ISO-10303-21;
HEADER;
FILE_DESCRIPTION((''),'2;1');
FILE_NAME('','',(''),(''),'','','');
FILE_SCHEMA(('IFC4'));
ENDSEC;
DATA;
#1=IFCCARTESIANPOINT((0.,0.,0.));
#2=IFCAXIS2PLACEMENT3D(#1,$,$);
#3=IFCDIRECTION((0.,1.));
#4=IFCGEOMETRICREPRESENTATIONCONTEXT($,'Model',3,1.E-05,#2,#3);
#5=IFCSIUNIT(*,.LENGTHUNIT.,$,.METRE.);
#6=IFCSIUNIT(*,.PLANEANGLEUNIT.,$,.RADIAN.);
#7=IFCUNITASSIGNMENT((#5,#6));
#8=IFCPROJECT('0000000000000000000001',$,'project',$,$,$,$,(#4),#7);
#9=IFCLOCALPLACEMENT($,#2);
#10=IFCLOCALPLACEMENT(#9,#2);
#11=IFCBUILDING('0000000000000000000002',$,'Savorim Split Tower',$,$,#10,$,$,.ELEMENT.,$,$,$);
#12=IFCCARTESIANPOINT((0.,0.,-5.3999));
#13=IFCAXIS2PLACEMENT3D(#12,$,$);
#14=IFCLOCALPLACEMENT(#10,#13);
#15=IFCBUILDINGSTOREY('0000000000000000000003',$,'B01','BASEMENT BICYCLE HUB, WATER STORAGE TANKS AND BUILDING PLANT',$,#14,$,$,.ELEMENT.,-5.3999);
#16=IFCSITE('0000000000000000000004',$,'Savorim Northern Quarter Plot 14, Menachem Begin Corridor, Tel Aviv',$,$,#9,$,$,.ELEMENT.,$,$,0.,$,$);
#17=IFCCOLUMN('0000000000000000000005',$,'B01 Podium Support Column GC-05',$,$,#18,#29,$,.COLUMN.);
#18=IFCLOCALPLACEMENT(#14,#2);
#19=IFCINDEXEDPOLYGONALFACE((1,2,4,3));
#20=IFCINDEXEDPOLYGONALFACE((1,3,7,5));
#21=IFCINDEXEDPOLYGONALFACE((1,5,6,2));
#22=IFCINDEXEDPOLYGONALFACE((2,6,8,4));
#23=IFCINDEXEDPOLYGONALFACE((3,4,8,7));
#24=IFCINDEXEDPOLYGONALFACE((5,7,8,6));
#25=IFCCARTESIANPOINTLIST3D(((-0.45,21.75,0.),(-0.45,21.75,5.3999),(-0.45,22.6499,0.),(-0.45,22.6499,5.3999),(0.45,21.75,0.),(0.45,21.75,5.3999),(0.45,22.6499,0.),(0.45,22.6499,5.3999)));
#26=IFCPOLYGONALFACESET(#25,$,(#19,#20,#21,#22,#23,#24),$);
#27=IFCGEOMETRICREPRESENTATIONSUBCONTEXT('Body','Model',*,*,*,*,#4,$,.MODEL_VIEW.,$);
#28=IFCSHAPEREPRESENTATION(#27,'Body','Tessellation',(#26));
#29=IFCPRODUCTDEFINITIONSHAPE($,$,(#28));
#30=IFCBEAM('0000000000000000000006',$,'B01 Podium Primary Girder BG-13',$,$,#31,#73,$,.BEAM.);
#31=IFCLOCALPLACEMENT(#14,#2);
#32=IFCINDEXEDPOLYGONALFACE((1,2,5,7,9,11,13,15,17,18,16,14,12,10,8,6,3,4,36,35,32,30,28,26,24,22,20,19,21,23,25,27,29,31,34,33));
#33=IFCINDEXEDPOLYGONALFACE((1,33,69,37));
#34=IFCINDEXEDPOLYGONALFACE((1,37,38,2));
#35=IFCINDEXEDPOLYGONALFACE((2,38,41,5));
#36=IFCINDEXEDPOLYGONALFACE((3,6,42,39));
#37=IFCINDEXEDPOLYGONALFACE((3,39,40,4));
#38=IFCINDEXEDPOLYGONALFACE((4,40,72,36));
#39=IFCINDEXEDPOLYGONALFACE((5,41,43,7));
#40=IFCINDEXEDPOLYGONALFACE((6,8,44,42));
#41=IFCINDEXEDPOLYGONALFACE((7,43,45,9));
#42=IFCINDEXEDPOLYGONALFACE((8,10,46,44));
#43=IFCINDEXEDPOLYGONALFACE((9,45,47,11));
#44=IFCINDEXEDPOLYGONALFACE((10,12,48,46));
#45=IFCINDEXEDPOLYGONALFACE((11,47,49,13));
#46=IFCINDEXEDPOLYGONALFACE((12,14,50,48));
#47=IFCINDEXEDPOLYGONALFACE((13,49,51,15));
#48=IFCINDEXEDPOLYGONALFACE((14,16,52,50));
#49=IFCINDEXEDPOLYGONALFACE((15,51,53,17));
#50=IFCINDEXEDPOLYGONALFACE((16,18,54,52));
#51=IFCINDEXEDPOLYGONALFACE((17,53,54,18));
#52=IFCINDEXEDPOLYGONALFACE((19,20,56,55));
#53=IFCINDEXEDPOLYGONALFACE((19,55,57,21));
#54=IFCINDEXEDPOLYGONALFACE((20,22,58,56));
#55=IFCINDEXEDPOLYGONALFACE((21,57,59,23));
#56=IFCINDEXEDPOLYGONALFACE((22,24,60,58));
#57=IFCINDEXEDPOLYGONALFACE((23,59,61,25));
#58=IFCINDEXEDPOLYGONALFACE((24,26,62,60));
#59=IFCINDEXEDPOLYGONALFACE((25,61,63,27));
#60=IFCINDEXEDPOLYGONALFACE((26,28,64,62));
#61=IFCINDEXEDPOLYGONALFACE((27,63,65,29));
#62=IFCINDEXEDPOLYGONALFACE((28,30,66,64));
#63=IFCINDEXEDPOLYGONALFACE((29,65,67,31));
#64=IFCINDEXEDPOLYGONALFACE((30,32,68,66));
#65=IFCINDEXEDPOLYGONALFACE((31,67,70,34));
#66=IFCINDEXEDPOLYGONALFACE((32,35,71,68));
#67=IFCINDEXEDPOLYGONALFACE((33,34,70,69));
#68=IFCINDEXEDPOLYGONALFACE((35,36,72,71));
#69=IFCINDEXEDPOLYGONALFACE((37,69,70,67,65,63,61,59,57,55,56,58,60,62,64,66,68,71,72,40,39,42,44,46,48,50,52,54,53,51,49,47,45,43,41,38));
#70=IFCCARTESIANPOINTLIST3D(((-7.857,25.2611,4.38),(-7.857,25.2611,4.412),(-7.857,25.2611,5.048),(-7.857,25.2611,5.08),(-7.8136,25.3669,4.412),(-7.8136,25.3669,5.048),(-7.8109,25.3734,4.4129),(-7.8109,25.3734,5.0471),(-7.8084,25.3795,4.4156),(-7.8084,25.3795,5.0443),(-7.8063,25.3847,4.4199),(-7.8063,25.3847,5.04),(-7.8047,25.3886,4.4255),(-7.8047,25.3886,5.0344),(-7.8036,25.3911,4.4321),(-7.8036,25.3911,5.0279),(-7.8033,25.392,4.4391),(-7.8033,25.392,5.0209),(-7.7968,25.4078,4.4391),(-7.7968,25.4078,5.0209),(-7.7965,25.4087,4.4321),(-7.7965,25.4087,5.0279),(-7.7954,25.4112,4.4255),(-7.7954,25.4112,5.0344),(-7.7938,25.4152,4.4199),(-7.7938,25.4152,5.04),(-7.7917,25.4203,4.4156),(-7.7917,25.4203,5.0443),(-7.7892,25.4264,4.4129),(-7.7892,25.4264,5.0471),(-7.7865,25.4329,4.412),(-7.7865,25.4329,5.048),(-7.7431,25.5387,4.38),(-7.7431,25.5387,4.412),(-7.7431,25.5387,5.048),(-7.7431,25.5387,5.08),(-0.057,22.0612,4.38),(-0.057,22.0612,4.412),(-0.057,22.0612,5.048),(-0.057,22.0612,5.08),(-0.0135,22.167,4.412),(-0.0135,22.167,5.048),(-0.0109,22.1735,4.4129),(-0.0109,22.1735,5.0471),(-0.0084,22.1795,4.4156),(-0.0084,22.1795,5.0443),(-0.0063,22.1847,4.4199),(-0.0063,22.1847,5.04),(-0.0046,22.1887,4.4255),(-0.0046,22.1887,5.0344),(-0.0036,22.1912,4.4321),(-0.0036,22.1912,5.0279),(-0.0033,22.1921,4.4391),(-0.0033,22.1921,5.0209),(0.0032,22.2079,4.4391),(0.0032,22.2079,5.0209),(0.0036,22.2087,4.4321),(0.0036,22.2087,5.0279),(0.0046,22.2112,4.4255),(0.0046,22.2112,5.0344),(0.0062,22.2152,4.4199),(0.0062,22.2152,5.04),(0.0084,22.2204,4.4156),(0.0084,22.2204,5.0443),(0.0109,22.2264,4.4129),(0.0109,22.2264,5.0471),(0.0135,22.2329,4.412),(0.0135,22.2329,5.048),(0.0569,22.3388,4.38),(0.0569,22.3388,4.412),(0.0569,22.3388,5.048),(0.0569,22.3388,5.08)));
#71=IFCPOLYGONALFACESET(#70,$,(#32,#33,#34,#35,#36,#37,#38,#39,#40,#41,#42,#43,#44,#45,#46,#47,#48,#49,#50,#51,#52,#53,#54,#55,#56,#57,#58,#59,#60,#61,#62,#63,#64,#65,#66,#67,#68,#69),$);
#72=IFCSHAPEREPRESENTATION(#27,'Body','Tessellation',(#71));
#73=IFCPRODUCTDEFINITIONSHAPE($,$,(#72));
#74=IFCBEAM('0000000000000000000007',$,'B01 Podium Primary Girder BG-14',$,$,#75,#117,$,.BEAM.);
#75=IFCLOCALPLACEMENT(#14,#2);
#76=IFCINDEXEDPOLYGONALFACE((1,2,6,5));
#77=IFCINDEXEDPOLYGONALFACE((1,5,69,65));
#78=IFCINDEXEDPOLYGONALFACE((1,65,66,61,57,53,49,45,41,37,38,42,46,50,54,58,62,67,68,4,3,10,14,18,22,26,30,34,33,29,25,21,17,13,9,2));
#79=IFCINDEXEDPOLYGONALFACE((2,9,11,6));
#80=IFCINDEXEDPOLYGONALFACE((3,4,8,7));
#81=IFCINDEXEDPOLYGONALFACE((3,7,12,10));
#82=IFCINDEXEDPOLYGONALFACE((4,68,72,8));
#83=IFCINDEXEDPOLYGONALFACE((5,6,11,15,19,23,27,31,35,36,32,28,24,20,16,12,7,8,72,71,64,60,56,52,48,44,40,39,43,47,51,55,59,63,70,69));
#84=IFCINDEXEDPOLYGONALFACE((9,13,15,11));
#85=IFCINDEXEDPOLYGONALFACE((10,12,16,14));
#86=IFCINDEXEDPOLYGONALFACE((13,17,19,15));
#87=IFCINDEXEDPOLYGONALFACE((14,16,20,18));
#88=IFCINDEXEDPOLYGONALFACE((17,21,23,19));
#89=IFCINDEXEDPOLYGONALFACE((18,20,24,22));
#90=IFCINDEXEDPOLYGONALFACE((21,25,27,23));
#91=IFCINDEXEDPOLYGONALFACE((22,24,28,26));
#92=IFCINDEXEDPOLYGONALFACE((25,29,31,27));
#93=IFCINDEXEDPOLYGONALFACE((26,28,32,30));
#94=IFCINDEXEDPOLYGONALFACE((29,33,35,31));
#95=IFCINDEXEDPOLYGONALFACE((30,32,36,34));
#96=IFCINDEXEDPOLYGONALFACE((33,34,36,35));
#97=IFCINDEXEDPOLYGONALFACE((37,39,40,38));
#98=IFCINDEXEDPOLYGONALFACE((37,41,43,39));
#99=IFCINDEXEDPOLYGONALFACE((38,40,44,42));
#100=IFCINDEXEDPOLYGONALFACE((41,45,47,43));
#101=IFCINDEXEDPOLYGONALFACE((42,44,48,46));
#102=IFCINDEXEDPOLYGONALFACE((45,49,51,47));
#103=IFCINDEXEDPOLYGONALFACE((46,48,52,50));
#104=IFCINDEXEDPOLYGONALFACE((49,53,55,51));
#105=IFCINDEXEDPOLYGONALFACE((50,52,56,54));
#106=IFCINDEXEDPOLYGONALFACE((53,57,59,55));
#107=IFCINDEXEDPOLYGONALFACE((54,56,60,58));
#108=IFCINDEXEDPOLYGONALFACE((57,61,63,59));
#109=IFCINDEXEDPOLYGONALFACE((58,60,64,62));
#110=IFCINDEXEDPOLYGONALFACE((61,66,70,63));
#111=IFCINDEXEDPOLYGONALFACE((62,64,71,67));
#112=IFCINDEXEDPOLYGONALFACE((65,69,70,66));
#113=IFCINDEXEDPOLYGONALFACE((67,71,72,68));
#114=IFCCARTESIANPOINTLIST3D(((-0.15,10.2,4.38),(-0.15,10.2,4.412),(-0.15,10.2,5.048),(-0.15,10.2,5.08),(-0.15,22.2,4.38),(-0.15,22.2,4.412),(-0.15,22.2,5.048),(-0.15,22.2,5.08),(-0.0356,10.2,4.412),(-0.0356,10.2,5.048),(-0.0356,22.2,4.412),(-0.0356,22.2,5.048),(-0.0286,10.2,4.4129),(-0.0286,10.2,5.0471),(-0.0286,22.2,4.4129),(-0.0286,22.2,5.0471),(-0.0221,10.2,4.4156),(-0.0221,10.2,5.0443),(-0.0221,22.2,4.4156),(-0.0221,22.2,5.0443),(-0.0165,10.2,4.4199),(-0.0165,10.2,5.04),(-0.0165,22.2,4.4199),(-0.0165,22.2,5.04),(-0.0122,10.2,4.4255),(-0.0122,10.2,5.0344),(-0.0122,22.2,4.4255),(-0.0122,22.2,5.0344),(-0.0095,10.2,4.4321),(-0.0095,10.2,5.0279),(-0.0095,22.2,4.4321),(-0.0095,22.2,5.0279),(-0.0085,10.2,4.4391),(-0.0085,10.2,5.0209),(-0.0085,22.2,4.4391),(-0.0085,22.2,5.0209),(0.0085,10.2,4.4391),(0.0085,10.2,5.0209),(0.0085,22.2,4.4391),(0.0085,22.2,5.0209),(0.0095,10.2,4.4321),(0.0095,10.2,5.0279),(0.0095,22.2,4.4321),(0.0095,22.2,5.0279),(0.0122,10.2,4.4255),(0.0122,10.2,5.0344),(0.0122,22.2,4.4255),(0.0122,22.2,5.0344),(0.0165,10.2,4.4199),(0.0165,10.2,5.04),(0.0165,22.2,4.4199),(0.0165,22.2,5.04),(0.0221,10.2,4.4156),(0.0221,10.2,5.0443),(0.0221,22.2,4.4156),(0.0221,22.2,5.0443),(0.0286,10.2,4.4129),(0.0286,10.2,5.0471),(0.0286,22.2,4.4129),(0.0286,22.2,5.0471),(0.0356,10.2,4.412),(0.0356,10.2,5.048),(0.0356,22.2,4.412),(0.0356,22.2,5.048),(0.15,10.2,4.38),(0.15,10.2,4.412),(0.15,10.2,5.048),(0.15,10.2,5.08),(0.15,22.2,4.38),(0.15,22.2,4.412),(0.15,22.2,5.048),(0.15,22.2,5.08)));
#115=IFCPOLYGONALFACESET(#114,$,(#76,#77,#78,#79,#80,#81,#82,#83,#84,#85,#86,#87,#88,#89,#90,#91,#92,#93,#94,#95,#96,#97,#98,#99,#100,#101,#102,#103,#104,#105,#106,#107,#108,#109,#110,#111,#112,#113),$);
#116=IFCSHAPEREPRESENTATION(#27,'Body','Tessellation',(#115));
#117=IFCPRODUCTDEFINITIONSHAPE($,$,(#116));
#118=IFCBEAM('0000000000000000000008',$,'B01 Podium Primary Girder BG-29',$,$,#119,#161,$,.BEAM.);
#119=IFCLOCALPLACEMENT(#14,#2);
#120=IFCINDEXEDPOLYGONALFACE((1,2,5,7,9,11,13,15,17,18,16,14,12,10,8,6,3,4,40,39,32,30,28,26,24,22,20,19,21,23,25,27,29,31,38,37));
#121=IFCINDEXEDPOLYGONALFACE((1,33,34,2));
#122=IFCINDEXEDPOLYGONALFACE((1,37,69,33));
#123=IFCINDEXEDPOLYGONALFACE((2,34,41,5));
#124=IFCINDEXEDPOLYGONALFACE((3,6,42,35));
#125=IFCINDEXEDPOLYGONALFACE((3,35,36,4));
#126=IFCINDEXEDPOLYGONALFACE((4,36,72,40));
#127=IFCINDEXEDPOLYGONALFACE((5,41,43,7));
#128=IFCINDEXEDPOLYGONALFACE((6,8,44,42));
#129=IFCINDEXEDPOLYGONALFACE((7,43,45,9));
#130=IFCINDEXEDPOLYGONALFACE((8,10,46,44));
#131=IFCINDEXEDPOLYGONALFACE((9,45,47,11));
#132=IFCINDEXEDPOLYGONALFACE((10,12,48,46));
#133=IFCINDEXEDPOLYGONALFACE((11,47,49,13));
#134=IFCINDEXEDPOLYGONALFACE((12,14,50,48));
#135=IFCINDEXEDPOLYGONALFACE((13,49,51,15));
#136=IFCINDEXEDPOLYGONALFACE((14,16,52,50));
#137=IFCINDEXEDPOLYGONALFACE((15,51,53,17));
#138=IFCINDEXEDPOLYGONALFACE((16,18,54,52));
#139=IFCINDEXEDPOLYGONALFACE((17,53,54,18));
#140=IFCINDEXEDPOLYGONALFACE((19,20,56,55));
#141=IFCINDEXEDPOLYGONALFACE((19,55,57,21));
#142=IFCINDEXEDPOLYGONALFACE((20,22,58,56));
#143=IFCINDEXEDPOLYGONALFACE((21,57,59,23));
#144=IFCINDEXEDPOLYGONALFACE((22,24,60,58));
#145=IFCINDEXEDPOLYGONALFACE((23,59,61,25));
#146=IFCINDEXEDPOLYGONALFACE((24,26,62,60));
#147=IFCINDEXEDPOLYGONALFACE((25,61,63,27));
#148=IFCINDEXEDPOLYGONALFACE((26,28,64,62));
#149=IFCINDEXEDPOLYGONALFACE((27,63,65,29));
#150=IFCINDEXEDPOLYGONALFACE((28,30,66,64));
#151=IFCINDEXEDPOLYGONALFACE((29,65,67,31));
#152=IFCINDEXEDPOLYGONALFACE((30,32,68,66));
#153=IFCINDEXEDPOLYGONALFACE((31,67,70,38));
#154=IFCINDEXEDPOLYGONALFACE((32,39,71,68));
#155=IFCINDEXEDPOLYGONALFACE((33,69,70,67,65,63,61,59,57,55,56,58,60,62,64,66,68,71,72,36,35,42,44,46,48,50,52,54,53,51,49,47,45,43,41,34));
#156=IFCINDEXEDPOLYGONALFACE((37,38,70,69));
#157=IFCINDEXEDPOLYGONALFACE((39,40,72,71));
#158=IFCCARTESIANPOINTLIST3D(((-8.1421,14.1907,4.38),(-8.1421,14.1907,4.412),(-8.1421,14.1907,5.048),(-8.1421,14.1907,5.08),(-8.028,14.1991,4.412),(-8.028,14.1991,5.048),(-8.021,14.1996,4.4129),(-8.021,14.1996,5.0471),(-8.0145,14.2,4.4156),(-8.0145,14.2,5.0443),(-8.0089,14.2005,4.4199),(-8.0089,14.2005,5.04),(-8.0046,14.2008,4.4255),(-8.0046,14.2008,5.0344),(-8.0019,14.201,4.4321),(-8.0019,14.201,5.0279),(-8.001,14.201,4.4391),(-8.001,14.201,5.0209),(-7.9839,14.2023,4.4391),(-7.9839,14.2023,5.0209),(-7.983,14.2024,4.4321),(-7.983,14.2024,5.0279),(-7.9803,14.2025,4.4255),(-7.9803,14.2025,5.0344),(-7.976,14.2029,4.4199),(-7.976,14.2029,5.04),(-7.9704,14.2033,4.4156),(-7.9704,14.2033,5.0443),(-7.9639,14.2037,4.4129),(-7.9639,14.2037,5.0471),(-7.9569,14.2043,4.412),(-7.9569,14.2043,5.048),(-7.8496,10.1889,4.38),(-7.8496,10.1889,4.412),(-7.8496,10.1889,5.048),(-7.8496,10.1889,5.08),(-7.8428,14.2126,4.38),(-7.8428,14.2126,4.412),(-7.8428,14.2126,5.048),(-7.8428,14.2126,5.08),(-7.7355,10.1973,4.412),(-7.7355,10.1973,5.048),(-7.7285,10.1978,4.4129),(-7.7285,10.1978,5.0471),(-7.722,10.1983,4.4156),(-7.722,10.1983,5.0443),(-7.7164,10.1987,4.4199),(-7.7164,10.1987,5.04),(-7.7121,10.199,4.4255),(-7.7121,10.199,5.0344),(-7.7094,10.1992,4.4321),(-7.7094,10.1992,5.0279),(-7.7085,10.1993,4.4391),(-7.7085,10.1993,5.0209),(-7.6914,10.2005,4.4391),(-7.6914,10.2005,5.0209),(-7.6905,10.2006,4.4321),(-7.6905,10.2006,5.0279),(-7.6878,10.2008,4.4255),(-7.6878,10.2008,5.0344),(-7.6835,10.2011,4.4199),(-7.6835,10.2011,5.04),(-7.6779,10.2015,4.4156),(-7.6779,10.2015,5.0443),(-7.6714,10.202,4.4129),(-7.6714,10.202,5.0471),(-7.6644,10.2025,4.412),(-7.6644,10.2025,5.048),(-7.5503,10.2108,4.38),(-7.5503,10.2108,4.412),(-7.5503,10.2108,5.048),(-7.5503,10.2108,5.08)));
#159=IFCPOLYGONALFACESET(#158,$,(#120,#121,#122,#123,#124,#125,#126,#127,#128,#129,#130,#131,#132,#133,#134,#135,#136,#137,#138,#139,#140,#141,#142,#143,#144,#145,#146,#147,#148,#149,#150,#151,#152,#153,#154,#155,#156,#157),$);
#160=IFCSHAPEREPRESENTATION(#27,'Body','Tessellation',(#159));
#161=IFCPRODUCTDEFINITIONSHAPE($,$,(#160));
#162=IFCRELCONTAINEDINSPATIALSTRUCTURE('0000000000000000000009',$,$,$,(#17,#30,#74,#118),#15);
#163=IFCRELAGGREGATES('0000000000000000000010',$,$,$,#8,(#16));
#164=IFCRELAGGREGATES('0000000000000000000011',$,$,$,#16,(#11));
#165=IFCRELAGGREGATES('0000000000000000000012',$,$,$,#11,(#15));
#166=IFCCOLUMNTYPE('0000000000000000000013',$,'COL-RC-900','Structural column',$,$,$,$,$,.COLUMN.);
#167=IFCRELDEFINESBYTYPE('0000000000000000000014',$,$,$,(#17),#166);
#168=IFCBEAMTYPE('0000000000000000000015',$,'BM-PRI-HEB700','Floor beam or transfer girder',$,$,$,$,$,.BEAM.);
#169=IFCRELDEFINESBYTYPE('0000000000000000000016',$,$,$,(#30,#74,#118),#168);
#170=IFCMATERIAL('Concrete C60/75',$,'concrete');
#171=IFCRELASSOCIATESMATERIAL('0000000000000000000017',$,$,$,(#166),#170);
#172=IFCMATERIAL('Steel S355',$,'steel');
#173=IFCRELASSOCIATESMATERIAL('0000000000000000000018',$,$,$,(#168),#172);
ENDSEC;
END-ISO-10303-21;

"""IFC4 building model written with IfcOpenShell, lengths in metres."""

from ifc_helpers import new_model, si_unit, direction, frame, origin, origin_2d, place, context, subcontext, project, spatial, rectangle, i_section, extrude, material, material_profile, profile_set, type_object, element, save


model = new_model("IFC4")

# Units and contexts
model_context = context("Model", 3, precision=1e-05, world=origin(), true_north=direction((0.0, 1.0)))
body_context = subcontext(model_context, "Body", "Model", "MODEL_VIEW")
ifc_project = project(units=[si_unit("LENGTHUNIT", "METRE"), si_unit("PLANEANGLEUNIT", "RADIAN")], contexts=[model_context])

# Site, building, storey
site_placement = place(None, origin())
site = spatial("IfcSite", under=ifc_project, at=site_placement, Name="Savorim Northern Quarter Plot 14, Menachem Begin Corridor, Tel Aviv", CompositionType="ELEMENT", RefElevation=0.0)
building_placement = place(site_placement, origin())
building = spatial("IfcBuilding", under=site, at=building_placement, Name="Savorim Split Tower", CompositionType="ELEMENT")
storey_placement = place(building_placement, frame((0.0, 0.0, -5.3999)))
storey = spatial("IfcBuildingStorey", under=building, at=storey_placement, Name="B01", Description="BASEMENT BICYCLE HUB, WATER STORAGE TANKS AND BUILDING PLANT", CompositionType="ELEMENT", Elevation=-5.3999)

# Column
ifc_material_1 = material(Name="Concrete C60/75", Category="concrete")
ifc_material_profile_1 = material_profile(ifc_material_1, rectangle(XDim=0.8999, YDim=0.8999, at=origin_2d()), Name="RC 900x900")
ifc_profile_set_1 = profile_set([ifc_material_profile_1], Name="Concrete C60/75")
column_type_1 = type_object("IfcColumnType", Name="COL-RC-900", Description="Structural column", PredefinedType="COLUMN", material=ifc_profile_set_1)
column_1_placement = place(storey_placement, frame((0.0, 22.2, 0.0), z_axis=(0.0, 0.0, 1.0), x_axis=(1.0, 0.0, 0.0)))
element("IfcColumn", 1, at=column_1_placement, inside=storey, type_object=column_type_1, Name="B01 Podium Support Column GC-05", PredefinedType="COLUMN", context=body_context, shape_type="SweptSolid", body=[
    extrude(rectangle(XDim=0.8999, YDim=0.8999, at=origin_2d()), origin(), (0.0, 0.0, 1.0), 5.3999),
])

# Beams
ifc_material_2 = material(Name="Steel S355", Category="steel")
ifc_material_profile_2 = material_profile(ifc_material_2, i_section(OverallWidth=0.3, OverallDepth=0.7, WebThickness=0.0171, FlangeThickness=0.032, FilletRadius=0.0271, at=origin_2d()), Name="HEB 700")
ifc_profile_set_2 = profile_set([ifc_material_profile_2], Name="Steel S355")
beam_type_1 = type_object("IfcBeamType", Name="BM-PRI-HEB700", Description="Floor beam or transfer girder", PredefinedType="BEAM", material=ifc_profile_set_2)
beam_1_placement = place(storey_placement, frame((-7.8, 25.3999, 4.73), z_axis=(0.925171, -0.379549, 0.0), x_axis=(0.379549, 0.925171, 0.0)))
element("IfcBeam", 2, at=beam_1_placement, inside=storey, type_object=beam_type_1, Name="B01 Podium Primary Girder BG-13", PredefinedType="BEAM", context=body_context, shape_type="SweptSolid", body=[
    extrude(i_section(OverallWidth=0.3, OverallDepth=0.7, WebThickness=0.0171, FlangeThickness=0.032, FilletRadius=0.0271, at=origin_2d()), origin(), (0.0, 0.0, 1.0), 8.4309),
])
beam_2_placement = place(storey_placement, frame((0.0, 22.2, 4.73), z_axis=(0.0, -1.0, 0.0), x_axis=(1.0, 0.0, 0.0)))
element("IfcBeam", 3, at=beam_2_placement, inside=storey, type_object=beam_type_1, Name="B01 Podium Primary Girder BG-14", PredefinedType="BEAM", context=body_context, shape_type="SweptSolid", body=[
    extrude(i_section(OverallWidth=0.3, OverallDepth=0.7, WebThickness=0.0171, FlangeThickness=0.032, FilletRadius=0.0271, at=origin_2d()), origin(), (0.0, 0.0, 1.0), 12.0),
])
beam_3_placement = place(storey_placement, frame((-7.9924, 14.2017, 4.73), z_axis=(0.072894, -0.99734, 0.0), x_axis=(0.99734, 0.072894, 0.0)))
element("IfcBeam", 4, at=beam_3_placement, inside=storey, type_object=beam_type_1, Name="B01 Podium Primary Girder BG-29", PredefinedType="BEAM", context=body_context, shape_type="SweptSolid", body=[
    extrude(i_section(OverallWidth=0.3, OverallDepth=0.7, WebThickness=0.0171, FlangeThickness=0.032, FilletRadius=0.0271, at=origin_2d()), origin(), (0.0, 0.0, 1.0), 4.0125),
])

save(model, "model.ifc")
